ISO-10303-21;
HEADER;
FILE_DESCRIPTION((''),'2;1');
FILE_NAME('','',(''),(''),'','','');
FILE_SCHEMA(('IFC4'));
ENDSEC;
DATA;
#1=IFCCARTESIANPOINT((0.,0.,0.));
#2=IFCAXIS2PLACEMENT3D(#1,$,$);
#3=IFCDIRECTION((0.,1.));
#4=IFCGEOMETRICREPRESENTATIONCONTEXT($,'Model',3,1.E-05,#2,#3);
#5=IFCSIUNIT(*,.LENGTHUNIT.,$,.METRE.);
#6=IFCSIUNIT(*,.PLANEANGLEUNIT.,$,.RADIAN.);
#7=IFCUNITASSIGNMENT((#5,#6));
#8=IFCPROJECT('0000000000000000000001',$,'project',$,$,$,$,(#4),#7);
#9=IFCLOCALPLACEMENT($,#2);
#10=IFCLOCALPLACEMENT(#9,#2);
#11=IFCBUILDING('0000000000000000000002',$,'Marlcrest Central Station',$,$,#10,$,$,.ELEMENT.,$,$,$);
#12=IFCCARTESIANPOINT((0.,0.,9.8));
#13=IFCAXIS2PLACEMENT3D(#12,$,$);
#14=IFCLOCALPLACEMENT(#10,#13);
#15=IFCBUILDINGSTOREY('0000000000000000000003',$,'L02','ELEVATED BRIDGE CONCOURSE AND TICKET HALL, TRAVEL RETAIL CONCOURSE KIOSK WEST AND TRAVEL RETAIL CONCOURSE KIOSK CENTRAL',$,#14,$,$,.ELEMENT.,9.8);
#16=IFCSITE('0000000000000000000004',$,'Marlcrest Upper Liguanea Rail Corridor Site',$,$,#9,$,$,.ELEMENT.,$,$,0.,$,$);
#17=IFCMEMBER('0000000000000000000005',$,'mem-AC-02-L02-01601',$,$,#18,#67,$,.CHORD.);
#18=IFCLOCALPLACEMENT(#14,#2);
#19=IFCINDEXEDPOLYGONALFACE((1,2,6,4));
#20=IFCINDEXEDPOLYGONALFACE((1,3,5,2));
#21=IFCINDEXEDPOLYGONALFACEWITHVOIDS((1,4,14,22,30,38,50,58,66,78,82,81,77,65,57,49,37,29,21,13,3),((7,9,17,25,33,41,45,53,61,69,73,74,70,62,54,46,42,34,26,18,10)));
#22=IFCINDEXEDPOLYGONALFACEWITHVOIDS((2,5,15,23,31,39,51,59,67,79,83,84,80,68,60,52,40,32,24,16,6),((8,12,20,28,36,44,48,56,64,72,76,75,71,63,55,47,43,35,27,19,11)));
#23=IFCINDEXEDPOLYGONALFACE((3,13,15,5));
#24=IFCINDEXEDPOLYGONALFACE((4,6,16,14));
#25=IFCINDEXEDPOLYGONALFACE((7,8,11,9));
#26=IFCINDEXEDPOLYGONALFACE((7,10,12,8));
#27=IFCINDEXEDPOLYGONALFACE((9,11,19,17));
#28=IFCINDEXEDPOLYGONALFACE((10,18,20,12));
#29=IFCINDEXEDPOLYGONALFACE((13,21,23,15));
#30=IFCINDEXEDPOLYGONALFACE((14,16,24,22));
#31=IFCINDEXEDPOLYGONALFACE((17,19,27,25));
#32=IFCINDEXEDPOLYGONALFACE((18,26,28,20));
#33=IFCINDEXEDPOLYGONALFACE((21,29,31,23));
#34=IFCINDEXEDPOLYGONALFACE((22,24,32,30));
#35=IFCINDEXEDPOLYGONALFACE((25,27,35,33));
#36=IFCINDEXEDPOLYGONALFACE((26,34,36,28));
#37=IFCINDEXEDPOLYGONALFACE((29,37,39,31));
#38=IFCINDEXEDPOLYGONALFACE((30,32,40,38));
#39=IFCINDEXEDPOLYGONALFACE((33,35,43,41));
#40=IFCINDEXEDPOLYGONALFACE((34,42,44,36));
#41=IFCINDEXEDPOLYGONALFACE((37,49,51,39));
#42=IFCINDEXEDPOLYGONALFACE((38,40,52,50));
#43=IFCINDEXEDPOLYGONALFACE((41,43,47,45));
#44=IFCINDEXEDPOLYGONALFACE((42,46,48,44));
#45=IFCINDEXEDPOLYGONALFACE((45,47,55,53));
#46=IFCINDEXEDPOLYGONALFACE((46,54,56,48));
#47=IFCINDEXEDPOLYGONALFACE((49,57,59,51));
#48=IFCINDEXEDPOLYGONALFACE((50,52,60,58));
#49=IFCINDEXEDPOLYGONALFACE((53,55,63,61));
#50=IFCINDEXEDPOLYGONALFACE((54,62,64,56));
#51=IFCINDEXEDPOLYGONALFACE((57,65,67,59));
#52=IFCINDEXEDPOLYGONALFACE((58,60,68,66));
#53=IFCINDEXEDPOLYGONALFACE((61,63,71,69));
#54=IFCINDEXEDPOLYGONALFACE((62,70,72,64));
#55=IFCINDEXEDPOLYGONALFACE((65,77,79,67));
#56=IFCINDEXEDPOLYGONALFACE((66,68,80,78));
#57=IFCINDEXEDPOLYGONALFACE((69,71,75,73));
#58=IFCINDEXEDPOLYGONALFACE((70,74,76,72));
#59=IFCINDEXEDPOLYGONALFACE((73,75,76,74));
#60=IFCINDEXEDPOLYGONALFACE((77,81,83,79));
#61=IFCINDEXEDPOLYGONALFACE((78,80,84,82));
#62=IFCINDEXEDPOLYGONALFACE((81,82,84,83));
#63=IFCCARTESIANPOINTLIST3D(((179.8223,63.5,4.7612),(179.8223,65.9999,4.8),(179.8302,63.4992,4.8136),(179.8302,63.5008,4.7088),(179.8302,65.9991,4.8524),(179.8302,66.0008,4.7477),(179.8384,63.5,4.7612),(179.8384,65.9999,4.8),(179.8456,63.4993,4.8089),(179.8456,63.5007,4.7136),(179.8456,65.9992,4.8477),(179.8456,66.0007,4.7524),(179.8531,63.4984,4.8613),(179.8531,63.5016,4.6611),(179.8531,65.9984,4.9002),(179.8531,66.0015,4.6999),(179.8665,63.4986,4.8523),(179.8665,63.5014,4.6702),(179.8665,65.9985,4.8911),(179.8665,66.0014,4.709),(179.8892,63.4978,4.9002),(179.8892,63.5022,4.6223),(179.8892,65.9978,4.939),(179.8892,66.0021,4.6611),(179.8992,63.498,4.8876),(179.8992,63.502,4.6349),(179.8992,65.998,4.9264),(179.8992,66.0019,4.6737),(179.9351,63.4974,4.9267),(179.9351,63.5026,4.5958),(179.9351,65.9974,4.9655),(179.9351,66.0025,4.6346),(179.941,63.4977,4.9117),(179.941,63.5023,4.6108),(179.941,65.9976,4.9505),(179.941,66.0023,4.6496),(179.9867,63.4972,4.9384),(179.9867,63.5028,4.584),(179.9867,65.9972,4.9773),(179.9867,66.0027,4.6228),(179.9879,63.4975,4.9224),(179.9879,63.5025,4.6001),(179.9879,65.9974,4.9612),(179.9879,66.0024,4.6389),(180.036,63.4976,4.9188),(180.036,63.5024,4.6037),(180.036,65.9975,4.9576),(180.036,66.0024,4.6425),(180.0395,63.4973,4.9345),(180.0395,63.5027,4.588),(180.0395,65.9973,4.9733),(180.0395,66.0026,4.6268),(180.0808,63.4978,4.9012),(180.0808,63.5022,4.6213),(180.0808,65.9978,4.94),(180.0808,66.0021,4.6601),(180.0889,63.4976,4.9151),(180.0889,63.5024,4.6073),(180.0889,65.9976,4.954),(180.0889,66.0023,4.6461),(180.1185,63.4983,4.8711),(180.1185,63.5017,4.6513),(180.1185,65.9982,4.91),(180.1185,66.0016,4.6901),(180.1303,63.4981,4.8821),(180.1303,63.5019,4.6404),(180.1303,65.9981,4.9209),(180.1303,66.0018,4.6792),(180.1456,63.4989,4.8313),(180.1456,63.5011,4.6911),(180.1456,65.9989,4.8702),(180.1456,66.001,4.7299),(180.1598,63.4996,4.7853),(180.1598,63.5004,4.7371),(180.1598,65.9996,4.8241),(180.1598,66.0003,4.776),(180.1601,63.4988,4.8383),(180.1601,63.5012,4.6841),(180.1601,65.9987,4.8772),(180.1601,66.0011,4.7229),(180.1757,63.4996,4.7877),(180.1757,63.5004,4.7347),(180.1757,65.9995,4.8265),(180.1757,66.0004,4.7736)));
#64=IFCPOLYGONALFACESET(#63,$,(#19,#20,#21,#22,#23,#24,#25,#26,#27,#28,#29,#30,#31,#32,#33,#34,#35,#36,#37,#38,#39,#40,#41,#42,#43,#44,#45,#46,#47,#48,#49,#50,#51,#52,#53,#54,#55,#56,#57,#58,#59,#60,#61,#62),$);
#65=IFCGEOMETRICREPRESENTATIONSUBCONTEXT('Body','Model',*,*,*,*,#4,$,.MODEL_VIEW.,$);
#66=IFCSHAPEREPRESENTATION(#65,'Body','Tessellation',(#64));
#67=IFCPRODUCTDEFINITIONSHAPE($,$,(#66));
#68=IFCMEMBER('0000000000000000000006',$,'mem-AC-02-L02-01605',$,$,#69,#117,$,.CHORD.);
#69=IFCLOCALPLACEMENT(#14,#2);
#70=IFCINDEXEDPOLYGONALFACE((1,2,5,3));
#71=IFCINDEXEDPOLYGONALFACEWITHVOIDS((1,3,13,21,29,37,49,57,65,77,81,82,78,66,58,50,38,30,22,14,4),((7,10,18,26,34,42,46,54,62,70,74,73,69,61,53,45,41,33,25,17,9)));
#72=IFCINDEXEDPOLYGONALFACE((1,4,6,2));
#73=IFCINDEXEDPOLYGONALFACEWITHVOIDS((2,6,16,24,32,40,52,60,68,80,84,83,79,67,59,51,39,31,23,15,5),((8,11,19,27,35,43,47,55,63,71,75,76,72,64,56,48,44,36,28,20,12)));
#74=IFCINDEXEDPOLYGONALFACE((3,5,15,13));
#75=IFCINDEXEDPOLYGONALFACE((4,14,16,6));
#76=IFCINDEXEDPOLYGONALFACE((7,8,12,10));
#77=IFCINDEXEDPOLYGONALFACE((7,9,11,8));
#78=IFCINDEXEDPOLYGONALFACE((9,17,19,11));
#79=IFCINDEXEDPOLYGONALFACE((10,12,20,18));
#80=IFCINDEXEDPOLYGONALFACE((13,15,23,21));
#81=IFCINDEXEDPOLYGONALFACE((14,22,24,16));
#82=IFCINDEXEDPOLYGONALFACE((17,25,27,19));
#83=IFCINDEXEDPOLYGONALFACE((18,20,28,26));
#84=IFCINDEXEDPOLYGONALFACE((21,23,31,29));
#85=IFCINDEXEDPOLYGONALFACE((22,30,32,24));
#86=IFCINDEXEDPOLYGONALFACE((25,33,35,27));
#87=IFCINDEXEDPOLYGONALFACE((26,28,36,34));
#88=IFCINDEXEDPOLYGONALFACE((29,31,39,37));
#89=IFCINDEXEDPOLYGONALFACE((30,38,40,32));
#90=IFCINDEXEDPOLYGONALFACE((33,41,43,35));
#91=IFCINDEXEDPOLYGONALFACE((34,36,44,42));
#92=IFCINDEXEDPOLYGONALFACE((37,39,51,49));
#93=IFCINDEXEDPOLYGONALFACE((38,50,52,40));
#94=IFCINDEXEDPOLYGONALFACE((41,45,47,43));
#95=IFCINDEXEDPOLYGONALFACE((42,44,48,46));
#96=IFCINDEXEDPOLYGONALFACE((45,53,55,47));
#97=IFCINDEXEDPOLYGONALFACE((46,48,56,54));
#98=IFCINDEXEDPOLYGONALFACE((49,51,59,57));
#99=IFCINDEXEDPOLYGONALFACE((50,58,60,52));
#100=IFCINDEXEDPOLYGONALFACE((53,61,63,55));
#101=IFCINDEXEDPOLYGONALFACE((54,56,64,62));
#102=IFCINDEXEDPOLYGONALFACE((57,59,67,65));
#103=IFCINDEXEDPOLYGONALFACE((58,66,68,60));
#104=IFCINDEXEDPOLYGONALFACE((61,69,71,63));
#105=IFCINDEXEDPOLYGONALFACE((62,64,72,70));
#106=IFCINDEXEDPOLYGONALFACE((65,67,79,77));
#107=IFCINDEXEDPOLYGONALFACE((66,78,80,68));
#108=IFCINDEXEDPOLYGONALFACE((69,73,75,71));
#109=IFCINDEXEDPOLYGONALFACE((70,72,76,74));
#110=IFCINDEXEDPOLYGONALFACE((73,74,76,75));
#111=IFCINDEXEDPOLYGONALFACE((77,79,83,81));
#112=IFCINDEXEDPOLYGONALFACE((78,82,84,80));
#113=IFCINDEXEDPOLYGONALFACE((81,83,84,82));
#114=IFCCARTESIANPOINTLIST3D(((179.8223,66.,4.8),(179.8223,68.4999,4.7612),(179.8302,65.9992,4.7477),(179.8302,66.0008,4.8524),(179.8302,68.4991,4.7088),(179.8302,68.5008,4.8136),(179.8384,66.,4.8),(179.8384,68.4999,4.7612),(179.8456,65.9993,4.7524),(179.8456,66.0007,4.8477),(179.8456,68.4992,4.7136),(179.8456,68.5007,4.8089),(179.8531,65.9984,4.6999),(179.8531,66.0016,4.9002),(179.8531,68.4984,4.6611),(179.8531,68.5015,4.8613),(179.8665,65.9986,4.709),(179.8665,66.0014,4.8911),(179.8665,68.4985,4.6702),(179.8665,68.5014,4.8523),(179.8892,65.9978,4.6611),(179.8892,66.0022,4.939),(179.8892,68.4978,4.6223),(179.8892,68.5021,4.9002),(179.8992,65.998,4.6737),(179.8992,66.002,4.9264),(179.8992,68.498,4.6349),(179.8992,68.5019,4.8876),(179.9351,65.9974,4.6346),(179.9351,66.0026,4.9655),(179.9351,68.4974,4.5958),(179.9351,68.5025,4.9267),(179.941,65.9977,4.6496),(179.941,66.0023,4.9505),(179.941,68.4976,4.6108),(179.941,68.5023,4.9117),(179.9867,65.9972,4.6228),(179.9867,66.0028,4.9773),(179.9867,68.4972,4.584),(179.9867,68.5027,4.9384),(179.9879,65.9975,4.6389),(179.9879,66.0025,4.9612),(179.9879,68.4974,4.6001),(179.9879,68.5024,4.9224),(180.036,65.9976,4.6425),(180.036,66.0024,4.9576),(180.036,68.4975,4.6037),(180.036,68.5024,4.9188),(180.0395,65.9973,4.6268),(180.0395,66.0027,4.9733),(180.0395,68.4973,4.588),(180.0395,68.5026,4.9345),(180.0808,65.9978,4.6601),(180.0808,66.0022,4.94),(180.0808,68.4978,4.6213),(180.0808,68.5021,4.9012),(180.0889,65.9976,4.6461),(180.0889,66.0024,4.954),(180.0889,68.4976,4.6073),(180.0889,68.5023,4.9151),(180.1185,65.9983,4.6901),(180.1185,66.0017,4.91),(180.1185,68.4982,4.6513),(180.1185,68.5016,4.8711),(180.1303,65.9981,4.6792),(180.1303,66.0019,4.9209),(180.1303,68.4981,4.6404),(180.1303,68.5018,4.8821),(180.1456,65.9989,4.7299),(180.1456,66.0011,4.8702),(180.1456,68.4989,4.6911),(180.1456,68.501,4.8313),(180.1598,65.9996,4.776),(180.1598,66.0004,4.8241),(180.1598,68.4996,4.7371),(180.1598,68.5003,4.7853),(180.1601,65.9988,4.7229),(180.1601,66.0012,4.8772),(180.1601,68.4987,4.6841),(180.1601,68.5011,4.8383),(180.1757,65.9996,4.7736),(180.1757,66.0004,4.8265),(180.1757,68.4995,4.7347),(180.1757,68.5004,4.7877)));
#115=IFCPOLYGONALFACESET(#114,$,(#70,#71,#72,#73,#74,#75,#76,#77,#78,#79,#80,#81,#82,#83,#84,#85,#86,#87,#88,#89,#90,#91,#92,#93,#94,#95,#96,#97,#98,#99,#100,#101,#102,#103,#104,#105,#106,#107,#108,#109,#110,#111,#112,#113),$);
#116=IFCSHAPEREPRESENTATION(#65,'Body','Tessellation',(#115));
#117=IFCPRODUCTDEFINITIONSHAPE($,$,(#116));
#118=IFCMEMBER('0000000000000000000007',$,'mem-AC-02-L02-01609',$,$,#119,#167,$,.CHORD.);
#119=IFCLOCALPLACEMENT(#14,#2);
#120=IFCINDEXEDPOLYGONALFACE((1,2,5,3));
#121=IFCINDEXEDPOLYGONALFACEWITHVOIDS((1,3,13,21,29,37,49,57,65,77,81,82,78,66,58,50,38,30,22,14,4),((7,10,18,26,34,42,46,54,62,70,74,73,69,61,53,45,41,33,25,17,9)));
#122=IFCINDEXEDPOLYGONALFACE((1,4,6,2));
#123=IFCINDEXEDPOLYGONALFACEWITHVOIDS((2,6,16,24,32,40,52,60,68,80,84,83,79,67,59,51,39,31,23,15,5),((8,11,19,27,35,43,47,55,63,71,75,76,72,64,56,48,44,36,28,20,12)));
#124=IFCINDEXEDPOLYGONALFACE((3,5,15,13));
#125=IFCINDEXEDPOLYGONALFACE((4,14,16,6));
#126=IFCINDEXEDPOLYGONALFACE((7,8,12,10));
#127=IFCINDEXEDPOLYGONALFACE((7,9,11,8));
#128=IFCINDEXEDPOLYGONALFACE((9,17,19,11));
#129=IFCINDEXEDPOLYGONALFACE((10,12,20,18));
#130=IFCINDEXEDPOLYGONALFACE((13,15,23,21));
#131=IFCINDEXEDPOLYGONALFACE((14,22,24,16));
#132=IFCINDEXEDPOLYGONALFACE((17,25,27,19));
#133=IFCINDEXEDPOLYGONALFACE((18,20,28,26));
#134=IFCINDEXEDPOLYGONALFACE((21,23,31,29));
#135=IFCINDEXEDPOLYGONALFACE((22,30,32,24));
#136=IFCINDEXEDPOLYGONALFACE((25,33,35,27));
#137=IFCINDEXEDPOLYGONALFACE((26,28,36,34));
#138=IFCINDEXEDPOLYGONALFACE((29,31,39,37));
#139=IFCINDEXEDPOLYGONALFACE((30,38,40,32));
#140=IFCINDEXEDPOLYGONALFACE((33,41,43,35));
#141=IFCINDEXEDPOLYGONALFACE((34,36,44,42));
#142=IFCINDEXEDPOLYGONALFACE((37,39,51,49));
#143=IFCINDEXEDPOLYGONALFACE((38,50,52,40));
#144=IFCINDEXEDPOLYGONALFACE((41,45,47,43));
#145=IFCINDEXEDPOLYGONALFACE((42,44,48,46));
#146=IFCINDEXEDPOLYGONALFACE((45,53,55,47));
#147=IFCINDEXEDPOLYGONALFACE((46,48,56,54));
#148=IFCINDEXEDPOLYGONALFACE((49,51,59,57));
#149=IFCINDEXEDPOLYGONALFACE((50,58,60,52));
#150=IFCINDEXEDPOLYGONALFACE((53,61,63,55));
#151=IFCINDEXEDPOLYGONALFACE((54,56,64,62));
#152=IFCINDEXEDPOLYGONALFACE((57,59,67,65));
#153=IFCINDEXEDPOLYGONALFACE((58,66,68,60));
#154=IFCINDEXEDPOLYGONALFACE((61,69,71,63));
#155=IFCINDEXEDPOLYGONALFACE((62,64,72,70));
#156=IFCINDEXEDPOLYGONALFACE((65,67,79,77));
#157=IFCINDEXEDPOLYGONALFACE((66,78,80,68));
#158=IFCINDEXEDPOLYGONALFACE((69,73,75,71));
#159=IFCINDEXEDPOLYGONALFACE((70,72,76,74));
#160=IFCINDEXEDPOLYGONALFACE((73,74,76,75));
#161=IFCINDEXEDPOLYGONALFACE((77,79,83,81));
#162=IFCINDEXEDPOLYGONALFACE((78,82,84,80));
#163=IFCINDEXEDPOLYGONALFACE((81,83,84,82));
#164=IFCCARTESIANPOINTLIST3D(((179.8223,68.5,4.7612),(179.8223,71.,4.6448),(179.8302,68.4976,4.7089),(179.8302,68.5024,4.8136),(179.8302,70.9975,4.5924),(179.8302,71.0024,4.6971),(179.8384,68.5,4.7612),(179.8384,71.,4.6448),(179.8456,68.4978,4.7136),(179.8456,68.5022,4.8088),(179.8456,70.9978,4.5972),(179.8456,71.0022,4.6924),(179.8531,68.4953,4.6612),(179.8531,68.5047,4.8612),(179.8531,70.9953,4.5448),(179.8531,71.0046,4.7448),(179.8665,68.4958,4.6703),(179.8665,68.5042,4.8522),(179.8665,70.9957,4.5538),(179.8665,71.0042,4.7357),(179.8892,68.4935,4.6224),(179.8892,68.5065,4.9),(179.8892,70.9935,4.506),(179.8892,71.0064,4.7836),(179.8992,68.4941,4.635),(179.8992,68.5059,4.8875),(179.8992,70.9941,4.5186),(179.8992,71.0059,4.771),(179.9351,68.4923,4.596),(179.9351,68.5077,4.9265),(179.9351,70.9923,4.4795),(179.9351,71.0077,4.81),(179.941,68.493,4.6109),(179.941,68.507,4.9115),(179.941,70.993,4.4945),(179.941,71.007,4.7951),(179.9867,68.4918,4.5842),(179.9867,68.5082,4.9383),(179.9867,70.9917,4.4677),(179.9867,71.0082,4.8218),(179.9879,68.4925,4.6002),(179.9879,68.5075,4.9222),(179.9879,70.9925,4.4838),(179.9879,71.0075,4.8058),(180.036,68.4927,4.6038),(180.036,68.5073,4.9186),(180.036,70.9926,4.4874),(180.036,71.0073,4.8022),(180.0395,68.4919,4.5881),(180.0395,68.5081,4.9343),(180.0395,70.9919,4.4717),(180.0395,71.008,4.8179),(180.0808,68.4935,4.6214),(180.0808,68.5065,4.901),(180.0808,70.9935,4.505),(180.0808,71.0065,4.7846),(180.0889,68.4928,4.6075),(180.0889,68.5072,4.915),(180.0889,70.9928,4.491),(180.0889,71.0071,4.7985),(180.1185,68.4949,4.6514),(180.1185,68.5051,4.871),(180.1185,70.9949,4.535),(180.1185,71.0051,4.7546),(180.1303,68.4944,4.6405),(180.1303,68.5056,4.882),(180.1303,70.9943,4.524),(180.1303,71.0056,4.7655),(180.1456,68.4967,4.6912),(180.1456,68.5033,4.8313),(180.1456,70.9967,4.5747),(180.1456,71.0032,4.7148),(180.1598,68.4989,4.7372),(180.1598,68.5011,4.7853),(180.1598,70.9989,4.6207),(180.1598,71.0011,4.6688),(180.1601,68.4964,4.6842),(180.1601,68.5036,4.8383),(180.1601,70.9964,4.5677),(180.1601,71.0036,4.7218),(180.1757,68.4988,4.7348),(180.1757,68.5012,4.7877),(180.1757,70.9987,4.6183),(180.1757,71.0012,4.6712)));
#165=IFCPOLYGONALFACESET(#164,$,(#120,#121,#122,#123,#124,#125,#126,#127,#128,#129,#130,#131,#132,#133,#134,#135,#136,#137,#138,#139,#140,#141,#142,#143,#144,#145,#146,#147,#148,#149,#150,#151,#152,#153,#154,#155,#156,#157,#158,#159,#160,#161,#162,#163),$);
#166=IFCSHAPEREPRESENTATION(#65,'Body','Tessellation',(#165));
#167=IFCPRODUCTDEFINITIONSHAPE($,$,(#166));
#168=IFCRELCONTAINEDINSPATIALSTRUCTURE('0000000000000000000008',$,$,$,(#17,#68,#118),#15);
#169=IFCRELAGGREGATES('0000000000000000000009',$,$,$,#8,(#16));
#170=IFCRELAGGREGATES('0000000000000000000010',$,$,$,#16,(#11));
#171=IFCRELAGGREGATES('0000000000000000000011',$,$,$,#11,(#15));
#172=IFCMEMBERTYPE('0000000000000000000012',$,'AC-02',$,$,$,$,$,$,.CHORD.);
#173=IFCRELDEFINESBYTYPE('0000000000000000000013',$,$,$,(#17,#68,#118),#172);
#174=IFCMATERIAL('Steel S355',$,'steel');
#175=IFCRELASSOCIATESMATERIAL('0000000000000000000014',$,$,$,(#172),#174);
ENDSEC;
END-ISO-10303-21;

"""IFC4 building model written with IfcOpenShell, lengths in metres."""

from ifc_helpers import new_model, si_unit, direction, frame, origin, origin_2d, place, context, subcontext, project, spatial, hollow_circle, extrude, material, material_profile, profile_set, type_object, element, save


model = new_model("IFC4")

# Units and contexts
model_context = context("Model", 3, precision=1e-05, world=origin(), true_north=direction((0.0, 1.0)))
body_context = subcontext(model_context, "Body", "Model", "MODEL_VIEW")
ifc_project = project(units=[si_unit("LENGTHUNIT", "METRE"), si_unit("PLANEANGLEUNIT", "RADIAN")], contexts=[model_context])

# Site, building, storey
site_placement = place(None, origin())
site = spatial("IfcSite", under=ifc_project, at=site_placement, Name="Marlcrest Upper Liguanea Rail Corridor Site", CompositionType="ELEMENT", RefElevation=0.0)
building_placement = place(site_placement, origin())
building = spatial("IfcBuilding", under=site, at=building_placement, Name="Marlcrest Central Station", CompositionType="ELEMENT")
storey_placement = place(building_placement, frame((0.0, 0.0, 9.8)))
storey = spatial("IfcBuildingStorey", under=building, at=storey_placement, Name="L02", Description="ELEVATED BRIDGE CONCOURSE AND TICKET HALL, TRAVEL RETAIL CONCOURSE KIOSK WEST AND TRAVEL RETAIL CONCOURSE KIOSK CENTRAL", CompositionType="ELEMENT", Elevation=9.8)

# Members
ifc_material = material(Name="Steel S355", Category="steel")
ifc_material_profile_1 = material_profile(ifc_material, hollow_circle(Radius=0.1777, WallThickness=0.0161, at=origin_2d()), Name="CHS 355.6x16")
ifc_profile_set_1 = profile_set([ifc_material_profile_1], Name="Steel S355")
member_type_1 = type_object("IfcMemberType", Name="AC-02", PredefinedType="CHORD", material=ifc_profile_set_1)
for number, where, z_axis, x_axis, name in (
    (1, (180.0, 63.5, 4.7612), (0.0, 0.999879, 0.015525), (-1.0, 0.0, 0.0), "mem-AC-02-L02-01601"),
    (2, (180.0, 66.0, 4.8), (0.0, 0.999879, -0.015525), (-1.0, 0.0, 0.0), "mem-AC-02-L02-01605"),
):
    element("IfcMember", number, at=place(storey_placement, frame(where, z_axis=z_axis, x_axis=x_axis)), inside=storey, type_object=member_type_1, Name=name, PredefinedType="CHORD", context=body_context, shape_type="SweptSolid", body=[
        extrude(hollow_circle(Radius=0.1777, WallThickness=0.0161, at=origin_2d()), origin(), (0.0, 0.0, 1.0), 2.5002),
    ])
member_1_placement = place(storey_placement, frame((180.0, 68.5, 4.7612), z_axis=(0.0, 0.998917, -0.046532), x_axis=(-1.0, 0.0, 0.0)))
element("IfcMember", 3, at=member_1_placement, inside=storey, type_object=member_type_1, Name="mem-AC-02-L02-01609", PredefinedType="CHORD", context=body_context, shape_type="SweptSolid", body=[
    extrude(hollow_circle(Radius=0.1777, WallThickness=0.0161, at=origin_2d()), origin(), (0.0, 0.0, 1.0), 2.5027),
])

save(model, "model.ifc")
